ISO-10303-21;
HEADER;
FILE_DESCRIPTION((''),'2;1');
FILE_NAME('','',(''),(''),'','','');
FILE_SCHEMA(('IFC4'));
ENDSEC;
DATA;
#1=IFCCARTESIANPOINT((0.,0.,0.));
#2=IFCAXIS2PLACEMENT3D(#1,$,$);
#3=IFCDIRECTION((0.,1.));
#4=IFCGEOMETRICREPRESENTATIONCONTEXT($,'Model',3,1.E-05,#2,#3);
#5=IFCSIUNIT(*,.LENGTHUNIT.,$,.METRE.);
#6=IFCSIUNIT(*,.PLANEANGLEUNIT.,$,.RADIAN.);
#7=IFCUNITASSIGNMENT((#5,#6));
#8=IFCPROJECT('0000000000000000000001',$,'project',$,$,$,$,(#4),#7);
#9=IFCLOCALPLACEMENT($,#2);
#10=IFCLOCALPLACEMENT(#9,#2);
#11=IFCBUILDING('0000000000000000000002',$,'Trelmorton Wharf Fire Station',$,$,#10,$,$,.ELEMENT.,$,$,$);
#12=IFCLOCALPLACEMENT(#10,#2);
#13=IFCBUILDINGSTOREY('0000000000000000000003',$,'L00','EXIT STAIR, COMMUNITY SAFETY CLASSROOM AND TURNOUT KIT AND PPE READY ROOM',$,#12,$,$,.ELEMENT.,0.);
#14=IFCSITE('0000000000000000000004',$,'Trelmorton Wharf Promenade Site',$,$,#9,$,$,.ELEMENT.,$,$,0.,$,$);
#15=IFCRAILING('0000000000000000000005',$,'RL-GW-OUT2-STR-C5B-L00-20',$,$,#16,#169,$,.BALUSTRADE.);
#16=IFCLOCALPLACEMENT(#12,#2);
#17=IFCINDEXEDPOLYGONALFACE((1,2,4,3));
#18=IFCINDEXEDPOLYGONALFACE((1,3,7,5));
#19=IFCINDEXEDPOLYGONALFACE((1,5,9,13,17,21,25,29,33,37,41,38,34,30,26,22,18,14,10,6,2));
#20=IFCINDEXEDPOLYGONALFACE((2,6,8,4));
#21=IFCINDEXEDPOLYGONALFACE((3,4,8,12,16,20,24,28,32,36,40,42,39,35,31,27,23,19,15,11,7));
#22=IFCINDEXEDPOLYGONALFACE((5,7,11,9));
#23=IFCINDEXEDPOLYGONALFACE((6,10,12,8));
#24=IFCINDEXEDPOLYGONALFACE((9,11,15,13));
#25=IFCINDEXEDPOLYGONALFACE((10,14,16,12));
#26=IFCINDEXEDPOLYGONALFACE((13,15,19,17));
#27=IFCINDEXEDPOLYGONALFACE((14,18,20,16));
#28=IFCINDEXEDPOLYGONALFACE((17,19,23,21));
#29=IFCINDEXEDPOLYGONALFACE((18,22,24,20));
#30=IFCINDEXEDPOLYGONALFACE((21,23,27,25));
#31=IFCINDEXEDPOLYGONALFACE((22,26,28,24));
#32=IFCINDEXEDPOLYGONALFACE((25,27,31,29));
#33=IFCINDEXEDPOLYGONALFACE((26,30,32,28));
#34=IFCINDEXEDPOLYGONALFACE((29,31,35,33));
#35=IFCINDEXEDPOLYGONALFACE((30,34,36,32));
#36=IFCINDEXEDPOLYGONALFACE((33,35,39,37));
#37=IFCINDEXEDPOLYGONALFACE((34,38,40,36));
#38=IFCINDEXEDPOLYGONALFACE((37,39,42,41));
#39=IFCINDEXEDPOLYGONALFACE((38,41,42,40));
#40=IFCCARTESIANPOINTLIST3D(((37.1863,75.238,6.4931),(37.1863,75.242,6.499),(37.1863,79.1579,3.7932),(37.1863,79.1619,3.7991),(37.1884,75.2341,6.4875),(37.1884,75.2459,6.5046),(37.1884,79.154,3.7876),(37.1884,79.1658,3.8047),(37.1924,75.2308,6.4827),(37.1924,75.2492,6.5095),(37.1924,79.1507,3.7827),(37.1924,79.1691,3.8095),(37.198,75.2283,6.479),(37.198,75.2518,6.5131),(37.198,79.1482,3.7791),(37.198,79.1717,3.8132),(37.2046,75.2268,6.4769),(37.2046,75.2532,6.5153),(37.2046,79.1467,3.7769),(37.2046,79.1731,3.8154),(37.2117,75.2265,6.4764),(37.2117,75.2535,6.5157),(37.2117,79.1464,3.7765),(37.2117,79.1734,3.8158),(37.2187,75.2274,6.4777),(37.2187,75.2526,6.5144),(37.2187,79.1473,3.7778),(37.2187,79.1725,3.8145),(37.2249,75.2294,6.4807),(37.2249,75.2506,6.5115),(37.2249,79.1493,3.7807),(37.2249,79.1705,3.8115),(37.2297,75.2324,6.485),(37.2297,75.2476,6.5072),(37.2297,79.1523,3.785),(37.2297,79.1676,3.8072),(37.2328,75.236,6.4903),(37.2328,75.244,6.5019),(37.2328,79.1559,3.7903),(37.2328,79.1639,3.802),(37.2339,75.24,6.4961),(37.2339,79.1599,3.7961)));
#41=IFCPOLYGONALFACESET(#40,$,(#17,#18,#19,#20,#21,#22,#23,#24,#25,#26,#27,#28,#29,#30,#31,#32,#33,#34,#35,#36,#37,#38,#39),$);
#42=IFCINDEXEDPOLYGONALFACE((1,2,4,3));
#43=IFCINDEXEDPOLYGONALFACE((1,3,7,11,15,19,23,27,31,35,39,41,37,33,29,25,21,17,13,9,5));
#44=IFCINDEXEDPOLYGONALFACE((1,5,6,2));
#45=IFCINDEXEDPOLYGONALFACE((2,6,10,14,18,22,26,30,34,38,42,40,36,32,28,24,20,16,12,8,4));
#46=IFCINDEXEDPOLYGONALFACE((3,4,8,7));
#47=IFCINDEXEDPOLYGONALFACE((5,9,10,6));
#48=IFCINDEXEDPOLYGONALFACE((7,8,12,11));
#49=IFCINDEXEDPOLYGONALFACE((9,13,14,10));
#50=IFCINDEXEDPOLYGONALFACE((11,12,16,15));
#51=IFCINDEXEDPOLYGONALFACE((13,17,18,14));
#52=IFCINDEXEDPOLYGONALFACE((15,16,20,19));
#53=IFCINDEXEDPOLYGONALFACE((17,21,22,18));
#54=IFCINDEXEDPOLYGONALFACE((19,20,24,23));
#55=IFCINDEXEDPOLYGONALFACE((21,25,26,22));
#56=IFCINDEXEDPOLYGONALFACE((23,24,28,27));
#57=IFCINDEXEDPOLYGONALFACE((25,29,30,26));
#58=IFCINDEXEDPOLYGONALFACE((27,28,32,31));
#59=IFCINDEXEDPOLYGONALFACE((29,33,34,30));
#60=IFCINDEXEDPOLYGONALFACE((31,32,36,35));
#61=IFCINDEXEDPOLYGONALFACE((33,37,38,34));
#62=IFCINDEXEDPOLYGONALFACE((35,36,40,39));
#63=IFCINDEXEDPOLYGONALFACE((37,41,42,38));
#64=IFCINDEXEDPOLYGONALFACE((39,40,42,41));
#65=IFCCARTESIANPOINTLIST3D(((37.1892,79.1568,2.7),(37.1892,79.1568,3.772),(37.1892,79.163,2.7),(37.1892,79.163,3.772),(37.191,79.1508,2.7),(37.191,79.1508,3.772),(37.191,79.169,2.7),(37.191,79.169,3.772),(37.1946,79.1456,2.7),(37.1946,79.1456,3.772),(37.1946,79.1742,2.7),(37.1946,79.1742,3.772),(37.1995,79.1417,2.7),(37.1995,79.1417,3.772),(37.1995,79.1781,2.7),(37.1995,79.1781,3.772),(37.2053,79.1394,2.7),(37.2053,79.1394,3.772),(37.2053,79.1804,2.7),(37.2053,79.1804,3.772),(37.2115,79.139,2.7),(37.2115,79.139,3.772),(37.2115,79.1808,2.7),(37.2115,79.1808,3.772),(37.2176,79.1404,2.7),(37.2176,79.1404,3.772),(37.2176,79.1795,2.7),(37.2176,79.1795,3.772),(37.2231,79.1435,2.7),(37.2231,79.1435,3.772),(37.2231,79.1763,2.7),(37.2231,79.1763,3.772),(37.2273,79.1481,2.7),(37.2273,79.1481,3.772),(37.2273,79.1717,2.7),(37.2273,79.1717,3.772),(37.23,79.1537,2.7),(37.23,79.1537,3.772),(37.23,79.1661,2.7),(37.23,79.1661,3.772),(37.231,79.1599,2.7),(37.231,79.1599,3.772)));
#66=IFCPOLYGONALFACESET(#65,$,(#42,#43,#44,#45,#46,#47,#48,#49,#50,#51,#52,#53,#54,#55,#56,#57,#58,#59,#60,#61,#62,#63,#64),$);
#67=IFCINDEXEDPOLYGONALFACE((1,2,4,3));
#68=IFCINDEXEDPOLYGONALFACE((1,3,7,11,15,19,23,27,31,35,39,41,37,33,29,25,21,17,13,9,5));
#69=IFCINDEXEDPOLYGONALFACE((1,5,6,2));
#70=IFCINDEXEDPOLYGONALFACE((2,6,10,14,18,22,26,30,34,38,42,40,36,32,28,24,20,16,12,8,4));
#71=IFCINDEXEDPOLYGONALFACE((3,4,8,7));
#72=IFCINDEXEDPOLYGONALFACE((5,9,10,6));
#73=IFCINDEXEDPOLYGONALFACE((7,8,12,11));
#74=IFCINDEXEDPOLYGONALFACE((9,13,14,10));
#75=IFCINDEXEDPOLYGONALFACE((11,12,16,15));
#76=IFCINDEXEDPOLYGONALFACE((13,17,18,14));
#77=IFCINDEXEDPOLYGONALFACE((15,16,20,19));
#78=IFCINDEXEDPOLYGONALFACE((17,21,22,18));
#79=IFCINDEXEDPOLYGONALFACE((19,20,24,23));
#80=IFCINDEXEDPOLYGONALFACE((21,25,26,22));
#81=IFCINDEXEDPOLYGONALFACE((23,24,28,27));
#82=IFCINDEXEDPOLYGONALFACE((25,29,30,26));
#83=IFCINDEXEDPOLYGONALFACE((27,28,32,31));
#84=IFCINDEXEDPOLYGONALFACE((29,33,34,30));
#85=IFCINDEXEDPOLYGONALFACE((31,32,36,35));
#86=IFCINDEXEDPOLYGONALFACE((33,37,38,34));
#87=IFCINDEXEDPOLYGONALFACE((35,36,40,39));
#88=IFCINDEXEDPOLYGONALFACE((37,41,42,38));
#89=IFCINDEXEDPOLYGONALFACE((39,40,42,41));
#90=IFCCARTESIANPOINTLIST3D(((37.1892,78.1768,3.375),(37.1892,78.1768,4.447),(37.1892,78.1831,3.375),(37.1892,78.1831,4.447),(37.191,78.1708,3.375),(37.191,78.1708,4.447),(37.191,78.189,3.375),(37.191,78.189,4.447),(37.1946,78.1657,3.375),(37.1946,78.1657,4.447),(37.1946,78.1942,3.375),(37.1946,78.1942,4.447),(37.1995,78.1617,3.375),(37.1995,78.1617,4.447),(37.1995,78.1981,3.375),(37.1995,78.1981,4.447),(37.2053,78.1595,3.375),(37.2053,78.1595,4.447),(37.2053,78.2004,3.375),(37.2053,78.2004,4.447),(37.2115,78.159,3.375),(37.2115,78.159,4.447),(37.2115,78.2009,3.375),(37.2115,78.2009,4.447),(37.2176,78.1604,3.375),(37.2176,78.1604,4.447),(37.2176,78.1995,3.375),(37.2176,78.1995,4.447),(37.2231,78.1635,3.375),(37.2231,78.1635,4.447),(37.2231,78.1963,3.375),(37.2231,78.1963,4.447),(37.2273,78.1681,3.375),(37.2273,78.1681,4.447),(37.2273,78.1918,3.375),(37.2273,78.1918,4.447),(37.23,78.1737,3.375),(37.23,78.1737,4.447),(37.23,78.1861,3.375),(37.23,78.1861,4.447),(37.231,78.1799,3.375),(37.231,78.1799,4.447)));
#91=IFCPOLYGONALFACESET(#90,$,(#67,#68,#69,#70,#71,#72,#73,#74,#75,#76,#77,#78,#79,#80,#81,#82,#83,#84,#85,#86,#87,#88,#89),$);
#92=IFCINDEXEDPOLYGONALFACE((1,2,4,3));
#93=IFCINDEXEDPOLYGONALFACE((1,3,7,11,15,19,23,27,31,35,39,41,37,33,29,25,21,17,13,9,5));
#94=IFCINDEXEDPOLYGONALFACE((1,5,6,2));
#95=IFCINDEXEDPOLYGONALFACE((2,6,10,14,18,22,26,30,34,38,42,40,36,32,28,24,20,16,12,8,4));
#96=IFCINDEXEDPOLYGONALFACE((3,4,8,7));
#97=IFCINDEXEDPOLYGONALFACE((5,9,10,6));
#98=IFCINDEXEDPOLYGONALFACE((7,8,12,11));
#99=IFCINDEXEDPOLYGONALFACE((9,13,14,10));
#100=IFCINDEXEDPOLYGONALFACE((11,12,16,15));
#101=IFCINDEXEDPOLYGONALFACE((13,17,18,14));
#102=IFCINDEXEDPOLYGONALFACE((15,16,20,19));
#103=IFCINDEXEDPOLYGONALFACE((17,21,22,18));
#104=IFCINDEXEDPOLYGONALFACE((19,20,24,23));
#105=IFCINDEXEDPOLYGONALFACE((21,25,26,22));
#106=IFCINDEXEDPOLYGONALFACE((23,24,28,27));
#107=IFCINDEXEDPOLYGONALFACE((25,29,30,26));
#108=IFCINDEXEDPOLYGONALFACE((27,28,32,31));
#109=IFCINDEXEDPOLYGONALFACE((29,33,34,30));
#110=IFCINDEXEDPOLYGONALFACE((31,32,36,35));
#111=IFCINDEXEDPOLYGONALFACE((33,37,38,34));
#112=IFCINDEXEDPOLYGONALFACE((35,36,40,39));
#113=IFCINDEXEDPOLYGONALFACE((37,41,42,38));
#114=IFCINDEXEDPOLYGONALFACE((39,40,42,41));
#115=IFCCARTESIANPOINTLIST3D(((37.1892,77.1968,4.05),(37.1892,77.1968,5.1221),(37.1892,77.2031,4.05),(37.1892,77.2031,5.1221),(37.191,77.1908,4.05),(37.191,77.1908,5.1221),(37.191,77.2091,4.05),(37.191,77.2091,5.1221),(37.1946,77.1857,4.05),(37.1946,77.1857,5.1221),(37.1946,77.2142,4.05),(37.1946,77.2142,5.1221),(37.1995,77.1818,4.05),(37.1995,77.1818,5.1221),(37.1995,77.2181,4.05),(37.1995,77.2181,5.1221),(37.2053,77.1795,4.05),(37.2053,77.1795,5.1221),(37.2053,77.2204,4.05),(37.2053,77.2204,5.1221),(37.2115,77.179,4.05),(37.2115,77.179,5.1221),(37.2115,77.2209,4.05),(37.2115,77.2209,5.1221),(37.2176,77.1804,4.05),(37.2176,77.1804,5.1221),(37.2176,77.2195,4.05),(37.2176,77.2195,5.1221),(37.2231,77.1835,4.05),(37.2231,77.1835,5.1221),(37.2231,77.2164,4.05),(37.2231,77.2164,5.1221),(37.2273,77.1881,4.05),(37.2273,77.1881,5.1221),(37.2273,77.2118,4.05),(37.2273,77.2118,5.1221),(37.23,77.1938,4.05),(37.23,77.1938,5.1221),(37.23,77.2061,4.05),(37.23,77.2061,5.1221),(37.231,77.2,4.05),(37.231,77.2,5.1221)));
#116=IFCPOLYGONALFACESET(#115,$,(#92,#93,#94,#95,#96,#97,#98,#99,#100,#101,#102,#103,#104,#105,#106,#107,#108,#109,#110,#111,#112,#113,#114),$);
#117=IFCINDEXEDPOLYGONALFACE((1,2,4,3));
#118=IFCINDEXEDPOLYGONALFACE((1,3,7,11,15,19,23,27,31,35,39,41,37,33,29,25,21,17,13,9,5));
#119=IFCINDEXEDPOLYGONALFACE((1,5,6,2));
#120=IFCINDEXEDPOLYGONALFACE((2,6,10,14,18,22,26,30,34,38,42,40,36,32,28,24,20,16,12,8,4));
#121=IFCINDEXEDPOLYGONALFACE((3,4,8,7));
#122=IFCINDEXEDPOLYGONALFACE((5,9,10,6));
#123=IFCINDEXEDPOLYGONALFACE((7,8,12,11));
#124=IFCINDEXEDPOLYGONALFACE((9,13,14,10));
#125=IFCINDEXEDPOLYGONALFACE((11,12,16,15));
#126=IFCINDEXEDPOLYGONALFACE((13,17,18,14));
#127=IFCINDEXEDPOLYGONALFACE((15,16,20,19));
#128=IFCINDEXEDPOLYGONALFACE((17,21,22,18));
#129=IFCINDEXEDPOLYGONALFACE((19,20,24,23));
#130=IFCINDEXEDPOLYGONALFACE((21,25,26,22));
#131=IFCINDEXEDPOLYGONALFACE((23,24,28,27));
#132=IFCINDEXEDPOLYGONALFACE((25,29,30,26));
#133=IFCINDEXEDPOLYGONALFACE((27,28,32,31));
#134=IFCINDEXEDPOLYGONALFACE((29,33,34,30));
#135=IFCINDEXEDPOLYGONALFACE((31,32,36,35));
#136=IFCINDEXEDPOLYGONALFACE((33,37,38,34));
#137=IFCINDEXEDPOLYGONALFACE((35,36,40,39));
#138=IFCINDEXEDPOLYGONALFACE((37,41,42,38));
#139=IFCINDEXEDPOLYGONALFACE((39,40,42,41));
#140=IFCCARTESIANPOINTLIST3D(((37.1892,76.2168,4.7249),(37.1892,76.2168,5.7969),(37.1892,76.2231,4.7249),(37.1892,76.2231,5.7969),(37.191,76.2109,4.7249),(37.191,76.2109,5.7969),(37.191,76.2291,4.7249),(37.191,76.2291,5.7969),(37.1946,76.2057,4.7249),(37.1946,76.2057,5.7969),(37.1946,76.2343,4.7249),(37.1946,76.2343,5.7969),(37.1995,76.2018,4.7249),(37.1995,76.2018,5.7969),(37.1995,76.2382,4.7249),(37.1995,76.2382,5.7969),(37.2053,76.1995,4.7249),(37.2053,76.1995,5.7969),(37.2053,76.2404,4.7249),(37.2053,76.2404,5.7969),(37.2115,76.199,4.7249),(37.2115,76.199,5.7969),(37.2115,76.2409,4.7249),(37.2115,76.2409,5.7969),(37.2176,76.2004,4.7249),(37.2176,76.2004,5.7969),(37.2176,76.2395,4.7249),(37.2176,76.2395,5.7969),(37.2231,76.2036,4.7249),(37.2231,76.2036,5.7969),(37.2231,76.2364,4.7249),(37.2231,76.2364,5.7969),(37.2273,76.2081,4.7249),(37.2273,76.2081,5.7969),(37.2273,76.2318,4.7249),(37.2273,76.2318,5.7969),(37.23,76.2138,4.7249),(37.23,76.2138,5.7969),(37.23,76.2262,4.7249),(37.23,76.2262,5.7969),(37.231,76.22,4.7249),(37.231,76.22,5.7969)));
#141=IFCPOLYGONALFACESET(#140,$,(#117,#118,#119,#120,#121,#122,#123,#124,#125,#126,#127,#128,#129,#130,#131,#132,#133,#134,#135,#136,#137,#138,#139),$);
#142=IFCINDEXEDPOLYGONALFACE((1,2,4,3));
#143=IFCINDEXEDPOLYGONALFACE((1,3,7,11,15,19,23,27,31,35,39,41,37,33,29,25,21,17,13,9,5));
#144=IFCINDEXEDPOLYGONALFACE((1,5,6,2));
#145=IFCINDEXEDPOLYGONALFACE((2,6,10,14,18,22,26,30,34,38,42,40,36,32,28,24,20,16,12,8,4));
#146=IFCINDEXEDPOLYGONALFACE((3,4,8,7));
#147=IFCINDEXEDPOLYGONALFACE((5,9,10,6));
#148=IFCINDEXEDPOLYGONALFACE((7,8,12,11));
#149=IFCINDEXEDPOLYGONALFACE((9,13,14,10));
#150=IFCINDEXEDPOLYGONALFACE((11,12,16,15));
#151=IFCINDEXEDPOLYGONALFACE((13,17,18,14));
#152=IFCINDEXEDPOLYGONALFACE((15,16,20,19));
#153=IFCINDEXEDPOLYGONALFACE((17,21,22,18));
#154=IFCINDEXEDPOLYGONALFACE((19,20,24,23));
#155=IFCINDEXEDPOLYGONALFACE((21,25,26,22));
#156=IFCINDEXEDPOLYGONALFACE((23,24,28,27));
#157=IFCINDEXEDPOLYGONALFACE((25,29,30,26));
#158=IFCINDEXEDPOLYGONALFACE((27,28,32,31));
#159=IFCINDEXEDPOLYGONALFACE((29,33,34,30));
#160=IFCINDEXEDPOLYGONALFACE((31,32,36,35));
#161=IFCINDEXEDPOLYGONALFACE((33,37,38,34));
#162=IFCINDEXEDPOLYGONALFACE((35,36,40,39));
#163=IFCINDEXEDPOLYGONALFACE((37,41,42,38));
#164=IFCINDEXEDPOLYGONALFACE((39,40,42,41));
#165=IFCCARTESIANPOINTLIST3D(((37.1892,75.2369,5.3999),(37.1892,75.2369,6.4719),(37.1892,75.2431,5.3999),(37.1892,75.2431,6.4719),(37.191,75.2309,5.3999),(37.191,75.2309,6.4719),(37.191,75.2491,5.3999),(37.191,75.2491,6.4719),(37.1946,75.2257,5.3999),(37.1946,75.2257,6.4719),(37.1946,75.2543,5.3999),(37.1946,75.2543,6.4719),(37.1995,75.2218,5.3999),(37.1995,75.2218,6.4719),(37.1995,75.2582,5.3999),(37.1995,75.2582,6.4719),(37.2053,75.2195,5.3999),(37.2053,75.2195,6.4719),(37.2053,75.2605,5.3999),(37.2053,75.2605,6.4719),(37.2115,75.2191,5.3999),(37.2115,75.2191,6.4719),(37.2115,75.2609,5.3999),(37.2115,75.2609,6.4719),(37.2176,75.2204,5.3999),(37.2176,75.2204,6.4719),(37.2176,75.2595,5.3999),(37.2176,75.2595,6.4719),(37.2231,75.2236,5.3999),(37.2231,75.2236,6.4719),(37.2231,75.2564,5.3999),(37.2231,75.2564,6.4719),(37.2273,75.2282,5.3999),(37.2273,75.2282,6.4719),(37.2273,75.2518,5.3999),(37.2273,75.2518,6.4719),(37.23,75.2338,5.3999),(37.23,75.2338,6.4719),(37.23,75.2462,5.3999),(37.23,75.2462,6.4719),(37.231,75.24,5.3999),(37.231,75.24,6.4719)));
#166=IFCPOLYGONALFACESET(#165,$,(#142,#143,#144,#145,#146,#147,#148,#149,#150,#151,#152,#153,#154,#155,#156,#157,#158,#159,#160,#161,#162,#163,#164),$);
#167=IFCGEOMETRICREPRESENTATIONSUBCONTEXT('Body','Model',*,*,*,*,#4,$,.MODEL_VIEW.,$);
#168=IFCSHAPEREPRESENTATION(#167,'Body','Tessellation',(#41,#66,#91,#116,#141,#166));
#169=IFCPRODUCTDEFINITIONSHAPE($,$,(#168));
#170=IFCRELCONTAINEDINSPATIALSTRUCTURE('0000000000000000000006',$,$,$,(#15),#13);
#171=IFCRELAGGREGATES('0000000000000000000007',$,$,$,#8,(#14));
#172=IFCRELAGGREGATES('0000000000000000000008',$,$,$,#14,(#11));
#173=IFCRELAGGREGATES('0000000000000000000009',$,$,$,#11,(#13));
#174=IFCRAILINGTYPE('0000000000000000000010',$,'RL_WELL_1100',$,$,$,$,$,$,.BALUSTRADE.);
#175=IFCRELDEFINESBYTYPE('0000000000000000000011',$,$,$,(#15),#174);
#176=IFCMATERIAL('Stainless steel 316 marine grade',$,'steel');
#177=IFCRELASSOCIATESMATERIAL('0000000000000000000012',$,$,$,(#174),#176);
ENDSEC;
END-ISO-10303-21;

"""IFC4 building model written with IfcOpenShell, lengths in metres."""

from ifc_helpers import new_model, si_unit, direction, frame, origin, origin_2d, place, context, subcontext, project, spatial, circle, extrude, material, type_object, element, save


model = new_model("IFC4")

# Units and contexts
model_context = context("Model", 3, precision=1e-05, world=origin(), true_north=direction((0.0, 1.0)))
body_context = subcontext(model_context, "Body", "Model", "MODEL_VIEW")
ifc_project = project(units=[si_unit("LENGTHUNIT", "METRE"), si_unit("PLANEANGLEUNIT", "RADIAN")], contexts=[model_context])

# Site, building, storey
site_placement = place(None, origin())
site = spatial("IfcSite", under=ifc_project, at=site_placement, Name="Trelmorton Wharf Promenade Site", CompositionType="ELEMENT", RefElevation=0.0)
building_placement = place(site_placement, origin())
building = spatial("IfcBuilding", under=site, at=building_placement, Name="Trelmorton Wharf Fire Station", CompositionType="ELEMENT")
storey_placement = place(building_placement, origin())
storey = spatial("IfcBuildingStorey", under=building, at=storey_placement, Name="L00", Description="EXIT STAIR, COMMUNITY SAFETY CLASSROOM AND TURNOUT KIT AND PPE READY ROOM", CompositionType="ELEMENT", Elevation=0.0)

# Shared definitions
ifc_material_1 = material(Name="Stainless steel 316 marine grade", Category="steel")

# Railing
railing_type = type_object("IfcRailingType", Name="RL_WELL_1100", PredefinedType="BALUSTRADE", material=ifc_material_1)
railing_1_placement = place(storey_placement, frame((37.21, 79.1599, 2.7)))
element("IfcRailing", 1, at=railing_1_placement, inside=storey, type_object=railing_type, Name="RL-GW-OUT2-STR-C5B-L00-20", PredefinedType="BALUSTRADE", context=body_context, shape_type="SweptSolid", body=[
    extrude(circle(Radius=0.0239, at=origin_2d()), frame((0.0, 0.0, 1.0962), z_axis=(0.0, -0.823551, 0.567243), x_axis=(1.0, 0.0, 0.0)), (0.0, 0.0, 1.0), 4.7598),
    extrude(circle(Radius=0.021, at=origin_2d()), origin(), (0.0, 0.0, 1.0), 1.072),
    extrude(circle(Radius=0.021, at=origin_2d()), frame((0.0, -0.98, 0.675)), (0.0, 0.0, 1.0), 1.072),
    extrude(circle(Radius=0.021, at=origin_2d()), frame((0.0, -1.96, 1.3501)), (0.0, 0.0, 1.0), 1.072),
    extrude(circle(Radius=0.021, at=origin_2d()), frame((0.0, -2.9399, 2.0249)), (0.0, 0.0, 1.0), 1.072),
    extrude(circle(Radius=0.021, at=origin_2d()), frame((0.0, -3.9199, 2.7)), (0.0, 0.0, 1.0), 1.072),
])

save(model, "model.ifc")
